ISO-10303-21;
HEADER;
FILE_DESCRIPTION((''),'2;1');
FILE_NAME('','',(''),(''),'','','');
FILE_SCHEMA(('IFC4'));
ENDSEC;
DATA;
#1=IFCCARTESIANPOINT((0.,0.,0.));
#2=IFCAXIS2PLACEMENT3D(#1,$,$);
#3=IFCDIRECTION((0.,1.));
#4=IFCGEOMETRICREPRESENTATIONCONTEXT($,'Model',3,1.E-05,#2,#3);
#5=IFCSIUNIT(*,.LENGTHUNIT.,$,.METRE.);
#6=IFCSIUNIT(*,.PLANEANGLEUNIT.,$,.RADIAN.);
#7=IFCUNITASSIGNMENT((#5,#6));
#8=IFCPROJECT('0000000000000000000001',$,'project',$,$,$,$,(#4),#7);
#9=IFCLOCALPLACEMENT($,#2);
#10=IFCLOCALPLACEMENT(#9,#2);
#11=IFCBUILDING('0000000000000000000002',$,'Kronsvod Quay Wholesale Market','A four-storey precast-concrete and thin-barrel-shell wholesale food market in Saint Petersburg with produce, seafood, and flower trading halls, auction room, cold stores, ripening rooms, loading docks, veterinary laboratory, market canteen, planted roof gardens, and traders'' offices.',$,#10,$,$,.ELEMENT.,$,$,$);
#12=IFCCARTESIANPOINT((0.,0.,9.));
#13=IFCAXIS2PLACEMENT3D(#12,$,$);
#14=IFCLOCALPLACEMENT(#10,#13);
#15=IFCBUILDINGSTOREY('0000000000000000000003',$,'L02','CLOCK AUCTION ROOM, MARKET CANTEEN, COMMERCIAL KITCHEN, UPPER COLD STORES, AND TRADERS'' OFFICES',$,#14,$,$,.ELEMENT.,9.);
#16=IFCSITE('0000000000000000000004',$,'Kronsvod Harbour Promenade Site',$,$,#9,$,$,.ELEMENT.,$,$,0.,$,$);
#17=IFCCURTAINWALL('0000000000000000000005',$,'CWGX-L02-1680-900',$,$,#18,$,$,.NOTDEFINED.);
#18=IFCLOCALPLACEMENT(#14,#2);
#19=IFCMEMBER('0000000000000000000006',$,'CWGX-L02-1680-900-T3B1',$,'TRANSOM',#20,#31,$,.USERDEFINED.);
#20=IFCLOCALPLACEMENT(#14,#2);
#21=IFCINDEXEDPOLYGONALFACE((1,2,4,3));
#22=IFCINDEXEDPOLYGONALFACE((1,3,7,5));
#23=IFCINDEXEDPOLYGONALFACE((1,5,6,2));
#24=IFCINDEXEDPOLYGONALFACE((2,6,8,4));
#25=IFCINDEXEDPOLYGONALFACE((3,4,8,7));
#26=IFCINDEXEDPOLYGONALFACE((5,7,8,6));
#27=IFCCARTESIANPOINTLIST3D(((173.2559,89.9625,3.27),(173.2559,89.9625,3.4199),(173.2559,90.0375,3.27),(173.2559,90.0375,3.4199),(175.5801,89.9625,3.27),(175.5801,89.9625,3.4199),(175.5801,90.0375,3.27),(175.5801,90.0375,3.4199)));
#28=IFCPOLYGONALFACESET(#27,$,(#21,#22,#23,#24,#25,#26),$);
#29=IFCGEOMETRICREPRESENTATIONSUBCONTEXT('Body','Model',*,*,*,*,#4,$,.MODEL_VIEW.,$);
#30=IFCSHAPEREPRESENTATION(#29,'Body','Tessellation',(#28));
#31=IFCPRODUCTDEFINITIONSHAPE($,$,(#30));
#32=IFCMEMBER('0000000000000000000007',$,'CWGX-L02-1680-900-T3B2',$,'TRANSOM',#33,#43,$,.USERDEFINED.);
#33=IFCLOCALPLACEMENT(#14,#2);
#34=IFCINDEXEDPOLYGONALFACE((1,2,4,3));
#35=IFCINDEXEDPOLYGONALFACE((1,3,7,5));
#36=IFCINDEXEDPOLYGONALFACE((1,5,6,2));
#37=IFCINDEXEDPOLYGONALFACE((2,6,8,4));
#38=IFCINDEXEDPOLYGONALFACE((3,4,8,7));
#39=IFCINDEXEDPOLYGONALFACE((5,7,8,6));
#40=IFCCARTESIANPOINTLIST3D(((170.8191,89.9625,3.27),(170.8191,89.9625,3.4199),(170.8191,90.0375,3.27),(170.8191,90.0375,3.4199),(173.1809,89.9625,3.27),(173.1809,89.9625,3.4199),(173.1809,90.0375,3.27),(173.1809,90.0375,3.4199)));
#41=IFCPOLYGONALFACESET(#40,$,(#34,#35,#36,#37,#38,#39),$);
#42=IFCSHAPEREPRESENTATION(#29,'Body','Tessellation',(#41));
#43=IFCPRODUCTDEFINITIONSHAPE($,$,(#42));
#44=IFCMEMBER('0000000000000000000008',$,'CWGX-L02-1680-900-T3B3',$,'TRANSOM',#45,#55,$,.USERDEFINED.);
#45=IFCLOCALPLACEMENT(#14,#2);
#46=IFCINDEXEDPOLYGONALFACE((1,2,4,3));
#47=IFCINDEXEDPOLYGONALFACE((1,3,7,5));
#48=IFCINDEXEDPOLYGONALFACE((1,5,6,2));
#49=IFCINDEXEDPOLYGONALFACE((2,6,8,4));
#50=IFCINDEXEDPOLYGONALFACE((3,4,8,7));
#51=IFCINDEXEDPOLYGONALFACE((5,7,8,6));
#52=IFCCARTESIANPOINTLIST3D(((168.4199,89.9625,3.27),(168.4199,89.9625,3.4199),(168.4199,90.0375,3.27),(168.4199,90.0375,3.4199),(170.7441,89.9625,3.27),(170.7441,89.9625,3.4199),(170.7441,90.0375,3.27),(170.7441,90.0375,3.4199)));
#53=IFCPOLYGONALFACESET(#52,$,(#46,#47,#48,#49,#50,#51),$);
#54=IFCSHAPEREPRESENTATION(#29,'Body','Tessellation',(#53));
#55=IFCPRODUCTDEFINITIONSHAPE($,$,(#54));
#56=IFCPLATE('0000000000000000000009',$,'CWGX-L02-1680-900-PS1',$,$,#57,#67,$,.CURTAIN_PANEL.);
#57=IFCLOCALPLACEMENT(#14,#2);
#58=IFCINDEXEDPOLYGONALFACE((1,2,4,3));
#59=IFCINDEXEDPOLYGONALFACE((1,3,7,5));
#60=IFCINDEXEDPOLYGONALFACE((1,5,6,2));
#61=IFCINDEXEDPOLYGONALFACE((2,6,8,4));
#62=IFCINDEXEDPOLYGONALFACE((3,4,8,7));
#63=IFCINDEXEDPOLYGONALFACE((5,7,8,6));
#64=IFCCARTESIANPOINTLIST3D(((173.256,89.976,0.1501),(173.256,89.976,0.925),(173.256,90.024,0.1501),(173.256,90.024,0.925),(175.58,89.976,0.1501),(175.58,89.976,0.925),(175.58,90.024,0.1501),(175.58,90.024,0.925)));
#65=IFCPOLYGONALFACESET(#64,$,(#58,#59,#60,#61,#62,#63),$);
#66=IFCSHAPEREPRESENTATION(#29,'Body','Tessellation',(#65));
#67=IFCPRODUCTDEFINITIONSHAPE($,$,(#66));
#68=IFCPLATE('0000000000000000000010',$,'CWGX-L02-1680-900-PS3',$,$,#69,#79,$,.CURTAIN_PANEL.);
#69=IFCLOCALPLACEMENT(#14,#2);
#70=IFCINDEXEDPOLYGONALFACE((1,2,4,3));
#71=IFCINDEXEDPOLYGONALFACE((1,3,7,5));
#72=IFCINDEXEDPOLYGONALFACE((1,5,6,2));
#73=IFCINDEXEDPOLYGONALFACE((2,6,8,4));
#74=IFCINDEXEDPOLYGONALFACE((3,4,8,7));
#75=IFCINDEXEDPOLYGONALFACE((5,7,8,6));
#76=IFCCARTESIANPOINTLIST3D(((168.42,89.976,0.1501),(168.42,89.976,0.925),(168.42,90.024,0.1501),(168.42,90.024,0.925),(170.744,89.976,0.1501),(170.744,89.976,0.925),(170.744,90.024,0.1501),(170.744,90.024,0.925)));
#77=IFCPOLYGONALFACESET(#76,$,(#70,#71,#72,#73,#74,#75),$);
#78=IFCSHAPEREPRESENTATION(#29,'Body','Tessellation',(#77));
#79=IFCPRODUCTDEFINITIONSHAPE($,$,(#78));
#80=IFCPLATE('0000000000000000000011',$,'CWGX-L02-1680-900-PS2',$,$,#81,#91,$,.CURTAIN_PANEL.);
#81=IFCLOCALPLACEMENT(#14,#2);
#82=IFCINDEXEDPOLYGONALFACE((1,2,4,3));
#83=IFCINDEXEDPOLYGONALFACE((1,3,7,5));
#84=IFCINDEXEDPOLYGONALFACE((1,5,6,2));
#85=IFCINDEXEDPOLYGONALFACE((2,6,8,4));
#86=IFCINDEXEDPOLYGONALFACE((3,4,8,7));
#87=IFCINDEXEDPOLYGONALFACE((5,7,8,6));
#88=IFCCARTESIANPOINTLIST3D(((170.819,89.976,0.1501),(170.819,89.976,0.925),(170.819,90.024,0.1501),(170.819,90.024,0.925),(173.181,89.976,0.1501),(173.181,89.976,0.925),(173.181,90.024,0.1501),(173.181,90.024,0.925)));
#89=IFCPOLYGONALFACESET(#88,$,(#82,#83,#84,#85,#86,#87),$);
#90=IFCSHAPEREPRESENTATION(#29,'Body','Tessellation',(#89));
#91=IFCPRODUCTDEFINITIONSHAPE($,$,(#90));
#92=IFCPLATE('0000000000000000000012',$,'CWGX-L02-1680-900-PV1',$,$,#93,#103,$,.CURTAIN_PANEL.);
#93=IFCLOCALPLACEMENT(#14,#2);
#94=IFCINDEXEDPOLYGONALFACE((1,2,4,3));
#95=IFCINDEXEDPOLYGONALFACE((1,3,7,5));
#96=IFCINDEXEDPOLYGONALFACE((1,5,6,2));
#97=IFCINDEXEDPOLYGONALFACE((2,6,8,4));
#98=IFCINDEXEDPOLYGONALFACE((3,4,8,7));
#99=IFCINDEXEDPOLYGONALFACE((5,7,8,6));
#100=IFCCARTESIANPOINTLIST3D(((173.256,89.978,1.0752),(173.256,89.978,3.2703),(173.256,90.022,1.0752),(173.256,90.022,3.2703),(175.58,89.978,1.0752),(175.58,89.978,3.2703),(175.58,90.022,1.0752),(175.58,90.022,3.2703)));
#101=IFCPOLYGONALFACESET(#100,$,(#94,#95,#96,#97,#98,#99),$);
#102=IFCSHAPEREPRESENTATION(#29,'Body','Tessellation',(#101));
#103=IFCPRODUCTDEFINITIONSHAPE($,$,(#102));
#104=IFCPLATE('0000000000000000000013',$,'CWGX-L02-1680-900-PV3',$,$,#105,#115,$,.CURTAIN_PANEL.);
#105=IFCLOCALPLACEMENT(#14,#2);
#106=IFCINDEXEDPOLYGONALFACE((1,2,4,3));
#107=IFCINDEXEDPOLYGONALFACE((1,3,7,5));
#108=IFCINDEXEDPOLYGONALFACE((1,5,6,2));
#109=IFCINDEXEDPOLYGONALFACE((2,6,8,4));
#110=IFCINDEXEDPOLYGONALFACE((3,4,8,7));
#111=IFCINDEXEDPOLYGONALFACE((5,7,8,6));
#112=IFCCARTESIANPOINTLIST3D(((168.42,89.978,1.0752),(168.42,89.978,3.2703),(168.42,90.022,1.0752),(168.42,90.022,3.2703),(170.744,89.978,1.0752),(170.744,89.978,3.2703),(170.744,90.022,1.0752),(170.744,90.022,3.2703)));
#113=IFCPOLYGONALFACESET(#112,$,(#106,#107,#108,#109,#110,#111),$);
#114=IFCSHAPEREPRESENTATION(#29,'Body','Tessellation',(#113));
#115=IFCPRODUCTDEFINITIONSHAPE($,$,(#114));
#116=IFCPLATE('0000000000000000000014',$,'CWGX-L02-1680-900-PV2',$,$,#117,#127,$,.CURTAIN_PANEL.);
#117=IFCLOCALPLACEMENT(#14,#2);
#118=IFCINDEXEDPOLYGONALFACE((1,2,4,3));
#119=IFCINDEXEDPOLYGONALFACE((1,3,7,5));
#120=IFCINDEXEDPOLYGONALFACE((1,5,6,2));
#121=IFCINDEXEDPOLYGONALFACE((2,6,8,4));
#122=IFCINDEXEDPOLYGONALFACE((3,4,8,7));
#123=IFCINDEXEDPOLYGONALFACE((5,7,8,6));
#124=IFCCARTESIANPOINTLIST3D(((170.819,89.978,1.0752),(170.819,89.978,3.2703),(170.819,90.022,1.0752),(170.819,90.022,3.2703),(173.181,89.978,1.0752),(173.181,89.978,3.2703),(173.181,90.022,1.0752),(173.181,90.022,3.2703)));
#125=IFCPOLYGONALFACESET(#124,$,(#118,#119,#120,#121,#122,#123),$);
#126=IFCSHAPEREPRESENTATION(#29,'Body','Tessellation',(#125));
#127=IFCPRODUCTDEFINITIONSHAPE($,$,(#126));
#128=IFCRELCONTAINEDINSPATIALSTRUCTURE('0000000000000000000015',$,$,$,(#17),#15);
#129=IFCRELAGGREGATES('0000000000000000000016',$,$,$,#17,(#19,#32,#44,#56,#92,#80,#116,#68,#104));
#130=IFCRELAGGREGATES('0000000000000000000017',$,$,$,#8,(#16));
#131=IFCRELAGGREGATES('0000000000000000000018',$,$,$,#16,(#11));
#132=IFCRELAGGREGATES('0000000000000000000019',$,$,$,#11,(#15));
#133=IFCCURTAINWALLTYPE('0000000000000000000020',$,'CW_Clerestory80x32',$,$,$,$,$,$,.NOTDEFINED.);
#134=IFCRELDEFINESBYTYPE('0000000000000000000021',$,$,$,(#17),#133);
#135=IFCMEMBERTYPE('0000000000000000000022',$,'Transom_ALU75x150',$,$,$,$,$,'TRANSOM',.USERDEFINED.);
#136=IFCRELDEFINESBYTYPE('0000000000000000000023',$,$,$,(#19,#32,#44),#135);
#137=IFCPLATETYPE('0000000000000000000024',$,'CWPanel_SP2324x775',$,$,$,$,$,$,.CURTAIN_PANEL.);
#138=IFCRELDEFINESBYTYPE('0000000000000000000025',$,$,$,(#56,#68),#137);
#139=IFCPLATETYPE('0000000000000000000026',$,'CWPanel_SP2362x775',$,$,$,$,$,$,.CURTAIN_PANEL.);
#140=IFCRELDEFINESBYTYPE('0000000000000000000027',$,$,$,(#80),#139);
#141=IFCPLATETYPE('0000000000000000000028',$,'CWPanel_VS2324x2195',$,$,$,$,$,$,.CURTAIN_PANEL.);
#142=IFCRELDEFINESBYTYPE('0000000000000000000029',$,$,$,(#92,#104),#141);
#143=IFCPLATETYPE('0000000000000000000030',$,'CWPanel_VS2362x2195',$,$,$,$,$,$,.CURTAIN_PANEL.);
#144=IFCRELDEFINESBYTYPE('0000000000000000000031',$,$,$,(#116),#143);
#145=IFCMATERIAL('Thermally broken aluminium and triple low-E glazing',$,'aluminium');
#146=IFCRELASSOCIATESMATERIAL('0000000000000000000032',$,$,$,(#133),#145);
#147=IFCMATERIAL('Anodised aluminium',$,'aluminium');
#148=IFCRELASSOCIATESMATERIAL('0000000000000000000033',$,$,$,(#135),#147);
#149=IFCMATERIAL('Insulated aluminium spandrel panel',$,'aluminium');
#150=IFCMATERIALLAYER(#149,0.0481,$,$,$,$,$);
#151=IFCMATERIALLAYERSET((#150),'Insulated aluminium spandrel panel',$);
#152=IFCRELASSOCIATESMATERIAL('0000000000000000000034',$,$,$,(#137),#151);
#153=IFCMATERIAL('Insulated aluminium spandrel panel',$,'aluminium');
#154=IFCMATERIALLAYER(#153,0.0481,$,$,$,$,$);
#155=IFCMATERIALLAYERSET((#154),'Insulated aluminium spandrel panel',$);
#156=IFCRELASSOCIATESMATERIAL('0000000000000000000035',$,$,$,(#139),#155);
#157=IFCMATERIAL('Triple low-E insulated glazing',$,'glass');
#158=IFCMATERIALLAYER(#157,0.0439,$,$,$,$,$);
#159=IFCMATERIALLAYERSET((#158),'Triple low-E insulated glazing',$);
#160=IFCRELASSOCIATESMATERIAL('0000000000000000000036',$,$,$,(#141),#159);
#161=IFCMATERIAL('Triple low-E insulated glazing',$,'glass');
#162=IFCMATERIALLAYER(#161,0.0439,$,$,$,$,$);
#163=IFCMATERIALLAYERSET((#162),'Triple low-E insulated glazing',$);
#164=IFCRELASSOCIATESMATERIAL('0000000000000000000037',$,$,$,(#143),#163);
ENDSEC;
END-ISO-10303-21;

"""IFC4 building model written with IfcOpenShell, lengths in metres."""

from ifc_helpers import new_model, si_unit, direction, frame, origin, origin_2d, place, context, subcontext, project, spatial, rectangle, extrude, material, layer, layer_set, material_profile, profile_set, type_object, element, aggregate, save


model = new_model("IFC4")

# Units and contexts
model_context = context("Model", 3, precision=1e-05, world=origin(), true_north=direction((0.0, 1.0)))
body_context = subcontext(model_context, "Body", "Model", "MODEL_VIEW")
ifc_project = project(units=[si_unit("LENGTHUNIT", "METRE"), si_unit("PLANEANGLEUNIT", "RADIAN")], contexts=[model_context])

# Site, building, storey
site_placement = place(None, origin())
site = spatial("IfcSite", under=ifc_project, at=site_placement, Name="Kronsvod Harbour Promenade Site", CompositionType="ELEMENT", RefElevation=0.0)
building_placement = place(site_placement, origin())
building = spatial("IfcBuilding", under=site, at=building_placement, Name="Kronsvod Quay Wholesale Market", Description="A four-storey precast-concrete and thin-barrel-shell wholesale food market in Saint Petersburg with produce, seafood, and flower trading halls, auction room, cold stores, ripening rooms, loading docks, veterinary laboratory, market canteen, planted roof gardens, and traders' offices.", CompositionType="ELEMENT")
storey_placement = place(building_placement, frame((0.0, 0.0, 9.0)))
storey = spatial("IfcBuildingStorey", under=building, at=storey_placement, Name="L02", Description="CLOCK AUCTION ROOM, MARKET CANTEEN, COMMERCIAL KITCHEN, UPPER COLD STORES, AND TRADERS' OFFICES", CompositionType="ELEMENT", Elevation=9.0)

# Shared definitions
ifc_material_1 = material(Name="Thermally broken aluminium and triple low-E glazing", Category="aluminium")
curtain_wall_type = type_object("IfcCurtainWallType", Name="CW_Clerestory80x32", PredefinedType="NOTDEFINED", material=ifc_material_1)

# Curtain wall
curtain_wall_1_placement = place(storey_placement, origin())
curtain_wall_1 = element("IfcCurtainWall", 1, at=curtain_wall_1_placement, inside=storey, type_object=curtain_wall_type, Name="CWGX-L02-1680-900", PredefinedType="NOTDEFINED")

# Members
ifc_material_2 = material(Name="Anodised aluminium", Category="aluminium")
ifc_material_profile_1 = material_profile(ifc_material_2, rectangle(XDim=0.075, YDim=0.1499, at=origin_2d()), Name="ALUT75x150")
ifc_profile_set_1 = profile_set([ifc_material_profile_1], Name="Anodised aluminium")
member_type_1 = type_object("IfcMemberType", Name="Transom_ALU75x150", ElementType="TRANSOM", PredefinedType="USERDEFINED", material=ifc_profile_set_1)
member_1_placement = place(storey_placement, frame((175.5801, 90.0, 3.345), z_axis=(-1.0, 0.0, 0.0), x_axis=(0.0, -1.0, 0.0)))
member_1 = element("IfcMember", 2, at=member_1_placement, type_object=member_type_1, Name="CWGX-L02-1680-900-T3B1", ObjectType="TRANSOM", PredefinedType="USERDEFINED", context=body_context, shape_type="SweptSolid", body=[
    extrude(rectangle(XDim=0.075, YDim=0.1499, at=origin_2d()), origin(), (0.0, 0.0, 1.0), 2.3242),
])
member_2_placement = place(storey_placement, frame((173.1809, 90.0, 3.345), z_axis=(-1.0, 0.0, 0.0), x_axis=(0.0, -1.0, 0.0)))
member_2 = element("IfcMember", 3, at=member_2_placement, type_object=member_type_1, Name="CWGX-L02-1680-900-T3B2", ObjectType="TRANSOM", PredefinedType="USERDEFINED", context=body_context, shape_type="SweptSolid", body=[
    extrude(rectangle(XDim=0.075, YDim=0.1499, at=origin_2d()), origin(), (0.0, 0.0, 1.0), 2.3618),
])
member_3_placement = place(storey_placement, frame((170.7441, 90.0, 3.345), z_axis=(-1.0, 0.0, 0.0), x_axis=(0.0, -1.0, 0.0)))
member_3 = element("IfcMember", 4, at=member_3_placement, type_object=member_type_1, Name="CWGX-L02-1680-900-T3B3", ObjectType="TRANSOM", PredefinedType="USERDEFINED", context=body_context, shape_type="SweptSolid", body=[
    extrude(rectangle(XDim=0.075, YDim=0.1499, at=origin_2d()), origin(), (0.0, 0.0, 1.0), 2.3242),
])

# Plates
ifc_material_3 = material(Name="Insulated aluminium spandrel panel", Category="aluminium")
ifc_layer_1 = layer(ifc_material_3, 0.0481)
ifc_layer_set_1 = layer_set([ifc_layer_1], Name="Insulated aluminium spandrel panel")
plate_type_1 = type_object("IfcPlateType", Name="CWPanel_SP2324x775", PredefinedType="CURTAIN_PANEL", material=ifc_layer_set_1)
plate_1_placement = place(storey_placement, frame((174.418, 90.0, 0.1501), z_axis=(0.0, 0.0, 1.0), x_axis=(-1.0, 0.0, 0.0)))
plate_1 = element("IfcPlate", 5, at=plate_1_placement, type_object=plate_type_1, Name="CWGX-L02-1680-900-PS1", PredefinedType="CURTAIN_PANEL", context=body_context, shape_type="SweptSolid", body=[
    extrude(rectangle(XDim=2.324, YDim=0.0481, at=origin_2d()), origin(), (0.0, 0.0, 1.0), 0.7749),
])
plate_2_placement = place(storey_placement, frame((169.582, 90.0, 0.1501), z_axis=(0.0, 0.0, 1.0), x_axis=(-1.0, 0.0, 0.0)))
plate_2 = element("IfcPlate", 6, at=plate_2_placement, type_object=plate_type_1, Name="CWGX-L02-1680-900-PS3", PredefinedType="CURTAIN_PANEL", context=body_context, shape_type="SweptSolid", body=[
    extrude(rectangle(XDim=2.324, YDim=0.0481, at=origin_2d()), origin(), (0.0, 0.0, 1.0), 0.7749),
])
ifc_material_4 = material(Name="Insulated aluminium spandrel panel", Category="aluminium")
ifc_layer_2 = layer(ifc_material_4, 0.0481)
ifc_layer_set_2 = layer_set([ifc_layer_2], Name="Insulated aluminium spandrel panel")
plate_type_2 = type_object("IfcPlateType", Name="CWPanel_SP2362x775", PredefinedType="CURTAIN_PANEL", material=ifc_layer_set_2)
plate_3_placement = place(storey_placement, frame((172.0, 90.0, 0.1501), z_axis=(0.0, 0.0, 1.0), x_axis=(-1.0, 0.0, 0.0)))
plate_3 = element("IfcPlate", 7, at=plate_3_placement, type_object=plate_type_2, Name="CWGX-L02-1680-900-PS2", PredefinedType="CURTAIN_PANEL", context=body_context, shape_type="SweptSolid", body=[
    extrude(rectangle(XDim=2.3621, YDim=0.0481, at=origin_2d()), origin(), (0.0, 0.0, 1.0), 0.7749),
])
ifc_material_5 = material(Name="Triple low-E insulated glazing", Category="glass")
ifc_layer_3 = layer(ifc_material_5, 0.0439)
ifc_layer_set_3 = layer_set([ifc_layer_3], Name="Triple low-E insulated glazing")
plate_type_3 = type_object("IfcPlateType", Name="CWPanel_VS2324x2195", PredefinedType="CURTAIN_PANEL", material=ifc_layer_set_3)
plate_4_placement = place(storey_placement, frame((174.418, 90.0, 1.0752), z_axis=(0.0, 0.0, 1.0), x_axis=(-1.0, 0.0, 0.0)))
plate_4 = element("IfcPlate", 8, at=plate_4_placement, type_object=plate_type_3, Name="CWGX-L02-1680-900-PV1", PredefinedType="CURTAIN_PANEL", context=body_context, shape_type="SweptSolid", body=[
    extrude(rectangle(XDim=2.324, YDim=0.0439, at=origin_2d()), origin(), (0.0, 0.0, 1.0), 2.1951),
])
plate_5_placement = place(storey_placement, frame((169.582, 90.0, 1.0752), z_axis=(0.0, 0.0, 1.0), x_axis=(-1.0, 0.0, 0.0)))
plate_5 = element("IfcPlate", 9, at=plate_5_placement, type_object=plate_type_3, Name="CWGX-L02-1680-900-PV3", PredefinedType="CURTAIN_PANEL", context=body_context, shape_type="SweptSolid", body=[
    extrude(rectangle(XDim=2.324, YDim=0.0439, at=origin_2d()), origin(), (0.0, 0.0, 1.0), 2.1951),
])
ifc_material_6 = material(Name="Triple low-E insulated glazing", Category="glass")
ifc_layer_4 = layer(ifc_material_6, 0.0439)
ifc_layer_set_4 = layer_set([ifc_layer_4], Name="Triple low-E insulated glazing")
plate_type_4 = type_object("IfcPlateType", Name="CWPanel_VS2362x2195", PredefinedType="CURTAIN_PANEL", material=ifc_layer_set_4)
plate_6_placement = place(storey_placement, frame((172.0, 90.0, 1.0752), z_axis=(0.0, 0.0, 1.0), x_axis=(-1.0, 0.0, 0.0)))
plate_6 = element("IfcPlate", 10, at=plate_6_placement, type_object=plate_type_4, Name="CWGX-L02-1680-900-PV2", PredefinedType="CURTAIN_PANEL", context=body_context, shape_type="SweptSolid", body=[
    extrude(rectangle(XDim=2.3621, YDim=0.0439, at=origin_2d()), origin(), (0.0, 0.0, 1.0), 2.1951),
])
aggregate(curtain_wall_1, [member_1, member_2, member_3, plate_1, plate_4, plate_3, plate_6, plate_2, plate_5])

save(model, "model.ifc")
